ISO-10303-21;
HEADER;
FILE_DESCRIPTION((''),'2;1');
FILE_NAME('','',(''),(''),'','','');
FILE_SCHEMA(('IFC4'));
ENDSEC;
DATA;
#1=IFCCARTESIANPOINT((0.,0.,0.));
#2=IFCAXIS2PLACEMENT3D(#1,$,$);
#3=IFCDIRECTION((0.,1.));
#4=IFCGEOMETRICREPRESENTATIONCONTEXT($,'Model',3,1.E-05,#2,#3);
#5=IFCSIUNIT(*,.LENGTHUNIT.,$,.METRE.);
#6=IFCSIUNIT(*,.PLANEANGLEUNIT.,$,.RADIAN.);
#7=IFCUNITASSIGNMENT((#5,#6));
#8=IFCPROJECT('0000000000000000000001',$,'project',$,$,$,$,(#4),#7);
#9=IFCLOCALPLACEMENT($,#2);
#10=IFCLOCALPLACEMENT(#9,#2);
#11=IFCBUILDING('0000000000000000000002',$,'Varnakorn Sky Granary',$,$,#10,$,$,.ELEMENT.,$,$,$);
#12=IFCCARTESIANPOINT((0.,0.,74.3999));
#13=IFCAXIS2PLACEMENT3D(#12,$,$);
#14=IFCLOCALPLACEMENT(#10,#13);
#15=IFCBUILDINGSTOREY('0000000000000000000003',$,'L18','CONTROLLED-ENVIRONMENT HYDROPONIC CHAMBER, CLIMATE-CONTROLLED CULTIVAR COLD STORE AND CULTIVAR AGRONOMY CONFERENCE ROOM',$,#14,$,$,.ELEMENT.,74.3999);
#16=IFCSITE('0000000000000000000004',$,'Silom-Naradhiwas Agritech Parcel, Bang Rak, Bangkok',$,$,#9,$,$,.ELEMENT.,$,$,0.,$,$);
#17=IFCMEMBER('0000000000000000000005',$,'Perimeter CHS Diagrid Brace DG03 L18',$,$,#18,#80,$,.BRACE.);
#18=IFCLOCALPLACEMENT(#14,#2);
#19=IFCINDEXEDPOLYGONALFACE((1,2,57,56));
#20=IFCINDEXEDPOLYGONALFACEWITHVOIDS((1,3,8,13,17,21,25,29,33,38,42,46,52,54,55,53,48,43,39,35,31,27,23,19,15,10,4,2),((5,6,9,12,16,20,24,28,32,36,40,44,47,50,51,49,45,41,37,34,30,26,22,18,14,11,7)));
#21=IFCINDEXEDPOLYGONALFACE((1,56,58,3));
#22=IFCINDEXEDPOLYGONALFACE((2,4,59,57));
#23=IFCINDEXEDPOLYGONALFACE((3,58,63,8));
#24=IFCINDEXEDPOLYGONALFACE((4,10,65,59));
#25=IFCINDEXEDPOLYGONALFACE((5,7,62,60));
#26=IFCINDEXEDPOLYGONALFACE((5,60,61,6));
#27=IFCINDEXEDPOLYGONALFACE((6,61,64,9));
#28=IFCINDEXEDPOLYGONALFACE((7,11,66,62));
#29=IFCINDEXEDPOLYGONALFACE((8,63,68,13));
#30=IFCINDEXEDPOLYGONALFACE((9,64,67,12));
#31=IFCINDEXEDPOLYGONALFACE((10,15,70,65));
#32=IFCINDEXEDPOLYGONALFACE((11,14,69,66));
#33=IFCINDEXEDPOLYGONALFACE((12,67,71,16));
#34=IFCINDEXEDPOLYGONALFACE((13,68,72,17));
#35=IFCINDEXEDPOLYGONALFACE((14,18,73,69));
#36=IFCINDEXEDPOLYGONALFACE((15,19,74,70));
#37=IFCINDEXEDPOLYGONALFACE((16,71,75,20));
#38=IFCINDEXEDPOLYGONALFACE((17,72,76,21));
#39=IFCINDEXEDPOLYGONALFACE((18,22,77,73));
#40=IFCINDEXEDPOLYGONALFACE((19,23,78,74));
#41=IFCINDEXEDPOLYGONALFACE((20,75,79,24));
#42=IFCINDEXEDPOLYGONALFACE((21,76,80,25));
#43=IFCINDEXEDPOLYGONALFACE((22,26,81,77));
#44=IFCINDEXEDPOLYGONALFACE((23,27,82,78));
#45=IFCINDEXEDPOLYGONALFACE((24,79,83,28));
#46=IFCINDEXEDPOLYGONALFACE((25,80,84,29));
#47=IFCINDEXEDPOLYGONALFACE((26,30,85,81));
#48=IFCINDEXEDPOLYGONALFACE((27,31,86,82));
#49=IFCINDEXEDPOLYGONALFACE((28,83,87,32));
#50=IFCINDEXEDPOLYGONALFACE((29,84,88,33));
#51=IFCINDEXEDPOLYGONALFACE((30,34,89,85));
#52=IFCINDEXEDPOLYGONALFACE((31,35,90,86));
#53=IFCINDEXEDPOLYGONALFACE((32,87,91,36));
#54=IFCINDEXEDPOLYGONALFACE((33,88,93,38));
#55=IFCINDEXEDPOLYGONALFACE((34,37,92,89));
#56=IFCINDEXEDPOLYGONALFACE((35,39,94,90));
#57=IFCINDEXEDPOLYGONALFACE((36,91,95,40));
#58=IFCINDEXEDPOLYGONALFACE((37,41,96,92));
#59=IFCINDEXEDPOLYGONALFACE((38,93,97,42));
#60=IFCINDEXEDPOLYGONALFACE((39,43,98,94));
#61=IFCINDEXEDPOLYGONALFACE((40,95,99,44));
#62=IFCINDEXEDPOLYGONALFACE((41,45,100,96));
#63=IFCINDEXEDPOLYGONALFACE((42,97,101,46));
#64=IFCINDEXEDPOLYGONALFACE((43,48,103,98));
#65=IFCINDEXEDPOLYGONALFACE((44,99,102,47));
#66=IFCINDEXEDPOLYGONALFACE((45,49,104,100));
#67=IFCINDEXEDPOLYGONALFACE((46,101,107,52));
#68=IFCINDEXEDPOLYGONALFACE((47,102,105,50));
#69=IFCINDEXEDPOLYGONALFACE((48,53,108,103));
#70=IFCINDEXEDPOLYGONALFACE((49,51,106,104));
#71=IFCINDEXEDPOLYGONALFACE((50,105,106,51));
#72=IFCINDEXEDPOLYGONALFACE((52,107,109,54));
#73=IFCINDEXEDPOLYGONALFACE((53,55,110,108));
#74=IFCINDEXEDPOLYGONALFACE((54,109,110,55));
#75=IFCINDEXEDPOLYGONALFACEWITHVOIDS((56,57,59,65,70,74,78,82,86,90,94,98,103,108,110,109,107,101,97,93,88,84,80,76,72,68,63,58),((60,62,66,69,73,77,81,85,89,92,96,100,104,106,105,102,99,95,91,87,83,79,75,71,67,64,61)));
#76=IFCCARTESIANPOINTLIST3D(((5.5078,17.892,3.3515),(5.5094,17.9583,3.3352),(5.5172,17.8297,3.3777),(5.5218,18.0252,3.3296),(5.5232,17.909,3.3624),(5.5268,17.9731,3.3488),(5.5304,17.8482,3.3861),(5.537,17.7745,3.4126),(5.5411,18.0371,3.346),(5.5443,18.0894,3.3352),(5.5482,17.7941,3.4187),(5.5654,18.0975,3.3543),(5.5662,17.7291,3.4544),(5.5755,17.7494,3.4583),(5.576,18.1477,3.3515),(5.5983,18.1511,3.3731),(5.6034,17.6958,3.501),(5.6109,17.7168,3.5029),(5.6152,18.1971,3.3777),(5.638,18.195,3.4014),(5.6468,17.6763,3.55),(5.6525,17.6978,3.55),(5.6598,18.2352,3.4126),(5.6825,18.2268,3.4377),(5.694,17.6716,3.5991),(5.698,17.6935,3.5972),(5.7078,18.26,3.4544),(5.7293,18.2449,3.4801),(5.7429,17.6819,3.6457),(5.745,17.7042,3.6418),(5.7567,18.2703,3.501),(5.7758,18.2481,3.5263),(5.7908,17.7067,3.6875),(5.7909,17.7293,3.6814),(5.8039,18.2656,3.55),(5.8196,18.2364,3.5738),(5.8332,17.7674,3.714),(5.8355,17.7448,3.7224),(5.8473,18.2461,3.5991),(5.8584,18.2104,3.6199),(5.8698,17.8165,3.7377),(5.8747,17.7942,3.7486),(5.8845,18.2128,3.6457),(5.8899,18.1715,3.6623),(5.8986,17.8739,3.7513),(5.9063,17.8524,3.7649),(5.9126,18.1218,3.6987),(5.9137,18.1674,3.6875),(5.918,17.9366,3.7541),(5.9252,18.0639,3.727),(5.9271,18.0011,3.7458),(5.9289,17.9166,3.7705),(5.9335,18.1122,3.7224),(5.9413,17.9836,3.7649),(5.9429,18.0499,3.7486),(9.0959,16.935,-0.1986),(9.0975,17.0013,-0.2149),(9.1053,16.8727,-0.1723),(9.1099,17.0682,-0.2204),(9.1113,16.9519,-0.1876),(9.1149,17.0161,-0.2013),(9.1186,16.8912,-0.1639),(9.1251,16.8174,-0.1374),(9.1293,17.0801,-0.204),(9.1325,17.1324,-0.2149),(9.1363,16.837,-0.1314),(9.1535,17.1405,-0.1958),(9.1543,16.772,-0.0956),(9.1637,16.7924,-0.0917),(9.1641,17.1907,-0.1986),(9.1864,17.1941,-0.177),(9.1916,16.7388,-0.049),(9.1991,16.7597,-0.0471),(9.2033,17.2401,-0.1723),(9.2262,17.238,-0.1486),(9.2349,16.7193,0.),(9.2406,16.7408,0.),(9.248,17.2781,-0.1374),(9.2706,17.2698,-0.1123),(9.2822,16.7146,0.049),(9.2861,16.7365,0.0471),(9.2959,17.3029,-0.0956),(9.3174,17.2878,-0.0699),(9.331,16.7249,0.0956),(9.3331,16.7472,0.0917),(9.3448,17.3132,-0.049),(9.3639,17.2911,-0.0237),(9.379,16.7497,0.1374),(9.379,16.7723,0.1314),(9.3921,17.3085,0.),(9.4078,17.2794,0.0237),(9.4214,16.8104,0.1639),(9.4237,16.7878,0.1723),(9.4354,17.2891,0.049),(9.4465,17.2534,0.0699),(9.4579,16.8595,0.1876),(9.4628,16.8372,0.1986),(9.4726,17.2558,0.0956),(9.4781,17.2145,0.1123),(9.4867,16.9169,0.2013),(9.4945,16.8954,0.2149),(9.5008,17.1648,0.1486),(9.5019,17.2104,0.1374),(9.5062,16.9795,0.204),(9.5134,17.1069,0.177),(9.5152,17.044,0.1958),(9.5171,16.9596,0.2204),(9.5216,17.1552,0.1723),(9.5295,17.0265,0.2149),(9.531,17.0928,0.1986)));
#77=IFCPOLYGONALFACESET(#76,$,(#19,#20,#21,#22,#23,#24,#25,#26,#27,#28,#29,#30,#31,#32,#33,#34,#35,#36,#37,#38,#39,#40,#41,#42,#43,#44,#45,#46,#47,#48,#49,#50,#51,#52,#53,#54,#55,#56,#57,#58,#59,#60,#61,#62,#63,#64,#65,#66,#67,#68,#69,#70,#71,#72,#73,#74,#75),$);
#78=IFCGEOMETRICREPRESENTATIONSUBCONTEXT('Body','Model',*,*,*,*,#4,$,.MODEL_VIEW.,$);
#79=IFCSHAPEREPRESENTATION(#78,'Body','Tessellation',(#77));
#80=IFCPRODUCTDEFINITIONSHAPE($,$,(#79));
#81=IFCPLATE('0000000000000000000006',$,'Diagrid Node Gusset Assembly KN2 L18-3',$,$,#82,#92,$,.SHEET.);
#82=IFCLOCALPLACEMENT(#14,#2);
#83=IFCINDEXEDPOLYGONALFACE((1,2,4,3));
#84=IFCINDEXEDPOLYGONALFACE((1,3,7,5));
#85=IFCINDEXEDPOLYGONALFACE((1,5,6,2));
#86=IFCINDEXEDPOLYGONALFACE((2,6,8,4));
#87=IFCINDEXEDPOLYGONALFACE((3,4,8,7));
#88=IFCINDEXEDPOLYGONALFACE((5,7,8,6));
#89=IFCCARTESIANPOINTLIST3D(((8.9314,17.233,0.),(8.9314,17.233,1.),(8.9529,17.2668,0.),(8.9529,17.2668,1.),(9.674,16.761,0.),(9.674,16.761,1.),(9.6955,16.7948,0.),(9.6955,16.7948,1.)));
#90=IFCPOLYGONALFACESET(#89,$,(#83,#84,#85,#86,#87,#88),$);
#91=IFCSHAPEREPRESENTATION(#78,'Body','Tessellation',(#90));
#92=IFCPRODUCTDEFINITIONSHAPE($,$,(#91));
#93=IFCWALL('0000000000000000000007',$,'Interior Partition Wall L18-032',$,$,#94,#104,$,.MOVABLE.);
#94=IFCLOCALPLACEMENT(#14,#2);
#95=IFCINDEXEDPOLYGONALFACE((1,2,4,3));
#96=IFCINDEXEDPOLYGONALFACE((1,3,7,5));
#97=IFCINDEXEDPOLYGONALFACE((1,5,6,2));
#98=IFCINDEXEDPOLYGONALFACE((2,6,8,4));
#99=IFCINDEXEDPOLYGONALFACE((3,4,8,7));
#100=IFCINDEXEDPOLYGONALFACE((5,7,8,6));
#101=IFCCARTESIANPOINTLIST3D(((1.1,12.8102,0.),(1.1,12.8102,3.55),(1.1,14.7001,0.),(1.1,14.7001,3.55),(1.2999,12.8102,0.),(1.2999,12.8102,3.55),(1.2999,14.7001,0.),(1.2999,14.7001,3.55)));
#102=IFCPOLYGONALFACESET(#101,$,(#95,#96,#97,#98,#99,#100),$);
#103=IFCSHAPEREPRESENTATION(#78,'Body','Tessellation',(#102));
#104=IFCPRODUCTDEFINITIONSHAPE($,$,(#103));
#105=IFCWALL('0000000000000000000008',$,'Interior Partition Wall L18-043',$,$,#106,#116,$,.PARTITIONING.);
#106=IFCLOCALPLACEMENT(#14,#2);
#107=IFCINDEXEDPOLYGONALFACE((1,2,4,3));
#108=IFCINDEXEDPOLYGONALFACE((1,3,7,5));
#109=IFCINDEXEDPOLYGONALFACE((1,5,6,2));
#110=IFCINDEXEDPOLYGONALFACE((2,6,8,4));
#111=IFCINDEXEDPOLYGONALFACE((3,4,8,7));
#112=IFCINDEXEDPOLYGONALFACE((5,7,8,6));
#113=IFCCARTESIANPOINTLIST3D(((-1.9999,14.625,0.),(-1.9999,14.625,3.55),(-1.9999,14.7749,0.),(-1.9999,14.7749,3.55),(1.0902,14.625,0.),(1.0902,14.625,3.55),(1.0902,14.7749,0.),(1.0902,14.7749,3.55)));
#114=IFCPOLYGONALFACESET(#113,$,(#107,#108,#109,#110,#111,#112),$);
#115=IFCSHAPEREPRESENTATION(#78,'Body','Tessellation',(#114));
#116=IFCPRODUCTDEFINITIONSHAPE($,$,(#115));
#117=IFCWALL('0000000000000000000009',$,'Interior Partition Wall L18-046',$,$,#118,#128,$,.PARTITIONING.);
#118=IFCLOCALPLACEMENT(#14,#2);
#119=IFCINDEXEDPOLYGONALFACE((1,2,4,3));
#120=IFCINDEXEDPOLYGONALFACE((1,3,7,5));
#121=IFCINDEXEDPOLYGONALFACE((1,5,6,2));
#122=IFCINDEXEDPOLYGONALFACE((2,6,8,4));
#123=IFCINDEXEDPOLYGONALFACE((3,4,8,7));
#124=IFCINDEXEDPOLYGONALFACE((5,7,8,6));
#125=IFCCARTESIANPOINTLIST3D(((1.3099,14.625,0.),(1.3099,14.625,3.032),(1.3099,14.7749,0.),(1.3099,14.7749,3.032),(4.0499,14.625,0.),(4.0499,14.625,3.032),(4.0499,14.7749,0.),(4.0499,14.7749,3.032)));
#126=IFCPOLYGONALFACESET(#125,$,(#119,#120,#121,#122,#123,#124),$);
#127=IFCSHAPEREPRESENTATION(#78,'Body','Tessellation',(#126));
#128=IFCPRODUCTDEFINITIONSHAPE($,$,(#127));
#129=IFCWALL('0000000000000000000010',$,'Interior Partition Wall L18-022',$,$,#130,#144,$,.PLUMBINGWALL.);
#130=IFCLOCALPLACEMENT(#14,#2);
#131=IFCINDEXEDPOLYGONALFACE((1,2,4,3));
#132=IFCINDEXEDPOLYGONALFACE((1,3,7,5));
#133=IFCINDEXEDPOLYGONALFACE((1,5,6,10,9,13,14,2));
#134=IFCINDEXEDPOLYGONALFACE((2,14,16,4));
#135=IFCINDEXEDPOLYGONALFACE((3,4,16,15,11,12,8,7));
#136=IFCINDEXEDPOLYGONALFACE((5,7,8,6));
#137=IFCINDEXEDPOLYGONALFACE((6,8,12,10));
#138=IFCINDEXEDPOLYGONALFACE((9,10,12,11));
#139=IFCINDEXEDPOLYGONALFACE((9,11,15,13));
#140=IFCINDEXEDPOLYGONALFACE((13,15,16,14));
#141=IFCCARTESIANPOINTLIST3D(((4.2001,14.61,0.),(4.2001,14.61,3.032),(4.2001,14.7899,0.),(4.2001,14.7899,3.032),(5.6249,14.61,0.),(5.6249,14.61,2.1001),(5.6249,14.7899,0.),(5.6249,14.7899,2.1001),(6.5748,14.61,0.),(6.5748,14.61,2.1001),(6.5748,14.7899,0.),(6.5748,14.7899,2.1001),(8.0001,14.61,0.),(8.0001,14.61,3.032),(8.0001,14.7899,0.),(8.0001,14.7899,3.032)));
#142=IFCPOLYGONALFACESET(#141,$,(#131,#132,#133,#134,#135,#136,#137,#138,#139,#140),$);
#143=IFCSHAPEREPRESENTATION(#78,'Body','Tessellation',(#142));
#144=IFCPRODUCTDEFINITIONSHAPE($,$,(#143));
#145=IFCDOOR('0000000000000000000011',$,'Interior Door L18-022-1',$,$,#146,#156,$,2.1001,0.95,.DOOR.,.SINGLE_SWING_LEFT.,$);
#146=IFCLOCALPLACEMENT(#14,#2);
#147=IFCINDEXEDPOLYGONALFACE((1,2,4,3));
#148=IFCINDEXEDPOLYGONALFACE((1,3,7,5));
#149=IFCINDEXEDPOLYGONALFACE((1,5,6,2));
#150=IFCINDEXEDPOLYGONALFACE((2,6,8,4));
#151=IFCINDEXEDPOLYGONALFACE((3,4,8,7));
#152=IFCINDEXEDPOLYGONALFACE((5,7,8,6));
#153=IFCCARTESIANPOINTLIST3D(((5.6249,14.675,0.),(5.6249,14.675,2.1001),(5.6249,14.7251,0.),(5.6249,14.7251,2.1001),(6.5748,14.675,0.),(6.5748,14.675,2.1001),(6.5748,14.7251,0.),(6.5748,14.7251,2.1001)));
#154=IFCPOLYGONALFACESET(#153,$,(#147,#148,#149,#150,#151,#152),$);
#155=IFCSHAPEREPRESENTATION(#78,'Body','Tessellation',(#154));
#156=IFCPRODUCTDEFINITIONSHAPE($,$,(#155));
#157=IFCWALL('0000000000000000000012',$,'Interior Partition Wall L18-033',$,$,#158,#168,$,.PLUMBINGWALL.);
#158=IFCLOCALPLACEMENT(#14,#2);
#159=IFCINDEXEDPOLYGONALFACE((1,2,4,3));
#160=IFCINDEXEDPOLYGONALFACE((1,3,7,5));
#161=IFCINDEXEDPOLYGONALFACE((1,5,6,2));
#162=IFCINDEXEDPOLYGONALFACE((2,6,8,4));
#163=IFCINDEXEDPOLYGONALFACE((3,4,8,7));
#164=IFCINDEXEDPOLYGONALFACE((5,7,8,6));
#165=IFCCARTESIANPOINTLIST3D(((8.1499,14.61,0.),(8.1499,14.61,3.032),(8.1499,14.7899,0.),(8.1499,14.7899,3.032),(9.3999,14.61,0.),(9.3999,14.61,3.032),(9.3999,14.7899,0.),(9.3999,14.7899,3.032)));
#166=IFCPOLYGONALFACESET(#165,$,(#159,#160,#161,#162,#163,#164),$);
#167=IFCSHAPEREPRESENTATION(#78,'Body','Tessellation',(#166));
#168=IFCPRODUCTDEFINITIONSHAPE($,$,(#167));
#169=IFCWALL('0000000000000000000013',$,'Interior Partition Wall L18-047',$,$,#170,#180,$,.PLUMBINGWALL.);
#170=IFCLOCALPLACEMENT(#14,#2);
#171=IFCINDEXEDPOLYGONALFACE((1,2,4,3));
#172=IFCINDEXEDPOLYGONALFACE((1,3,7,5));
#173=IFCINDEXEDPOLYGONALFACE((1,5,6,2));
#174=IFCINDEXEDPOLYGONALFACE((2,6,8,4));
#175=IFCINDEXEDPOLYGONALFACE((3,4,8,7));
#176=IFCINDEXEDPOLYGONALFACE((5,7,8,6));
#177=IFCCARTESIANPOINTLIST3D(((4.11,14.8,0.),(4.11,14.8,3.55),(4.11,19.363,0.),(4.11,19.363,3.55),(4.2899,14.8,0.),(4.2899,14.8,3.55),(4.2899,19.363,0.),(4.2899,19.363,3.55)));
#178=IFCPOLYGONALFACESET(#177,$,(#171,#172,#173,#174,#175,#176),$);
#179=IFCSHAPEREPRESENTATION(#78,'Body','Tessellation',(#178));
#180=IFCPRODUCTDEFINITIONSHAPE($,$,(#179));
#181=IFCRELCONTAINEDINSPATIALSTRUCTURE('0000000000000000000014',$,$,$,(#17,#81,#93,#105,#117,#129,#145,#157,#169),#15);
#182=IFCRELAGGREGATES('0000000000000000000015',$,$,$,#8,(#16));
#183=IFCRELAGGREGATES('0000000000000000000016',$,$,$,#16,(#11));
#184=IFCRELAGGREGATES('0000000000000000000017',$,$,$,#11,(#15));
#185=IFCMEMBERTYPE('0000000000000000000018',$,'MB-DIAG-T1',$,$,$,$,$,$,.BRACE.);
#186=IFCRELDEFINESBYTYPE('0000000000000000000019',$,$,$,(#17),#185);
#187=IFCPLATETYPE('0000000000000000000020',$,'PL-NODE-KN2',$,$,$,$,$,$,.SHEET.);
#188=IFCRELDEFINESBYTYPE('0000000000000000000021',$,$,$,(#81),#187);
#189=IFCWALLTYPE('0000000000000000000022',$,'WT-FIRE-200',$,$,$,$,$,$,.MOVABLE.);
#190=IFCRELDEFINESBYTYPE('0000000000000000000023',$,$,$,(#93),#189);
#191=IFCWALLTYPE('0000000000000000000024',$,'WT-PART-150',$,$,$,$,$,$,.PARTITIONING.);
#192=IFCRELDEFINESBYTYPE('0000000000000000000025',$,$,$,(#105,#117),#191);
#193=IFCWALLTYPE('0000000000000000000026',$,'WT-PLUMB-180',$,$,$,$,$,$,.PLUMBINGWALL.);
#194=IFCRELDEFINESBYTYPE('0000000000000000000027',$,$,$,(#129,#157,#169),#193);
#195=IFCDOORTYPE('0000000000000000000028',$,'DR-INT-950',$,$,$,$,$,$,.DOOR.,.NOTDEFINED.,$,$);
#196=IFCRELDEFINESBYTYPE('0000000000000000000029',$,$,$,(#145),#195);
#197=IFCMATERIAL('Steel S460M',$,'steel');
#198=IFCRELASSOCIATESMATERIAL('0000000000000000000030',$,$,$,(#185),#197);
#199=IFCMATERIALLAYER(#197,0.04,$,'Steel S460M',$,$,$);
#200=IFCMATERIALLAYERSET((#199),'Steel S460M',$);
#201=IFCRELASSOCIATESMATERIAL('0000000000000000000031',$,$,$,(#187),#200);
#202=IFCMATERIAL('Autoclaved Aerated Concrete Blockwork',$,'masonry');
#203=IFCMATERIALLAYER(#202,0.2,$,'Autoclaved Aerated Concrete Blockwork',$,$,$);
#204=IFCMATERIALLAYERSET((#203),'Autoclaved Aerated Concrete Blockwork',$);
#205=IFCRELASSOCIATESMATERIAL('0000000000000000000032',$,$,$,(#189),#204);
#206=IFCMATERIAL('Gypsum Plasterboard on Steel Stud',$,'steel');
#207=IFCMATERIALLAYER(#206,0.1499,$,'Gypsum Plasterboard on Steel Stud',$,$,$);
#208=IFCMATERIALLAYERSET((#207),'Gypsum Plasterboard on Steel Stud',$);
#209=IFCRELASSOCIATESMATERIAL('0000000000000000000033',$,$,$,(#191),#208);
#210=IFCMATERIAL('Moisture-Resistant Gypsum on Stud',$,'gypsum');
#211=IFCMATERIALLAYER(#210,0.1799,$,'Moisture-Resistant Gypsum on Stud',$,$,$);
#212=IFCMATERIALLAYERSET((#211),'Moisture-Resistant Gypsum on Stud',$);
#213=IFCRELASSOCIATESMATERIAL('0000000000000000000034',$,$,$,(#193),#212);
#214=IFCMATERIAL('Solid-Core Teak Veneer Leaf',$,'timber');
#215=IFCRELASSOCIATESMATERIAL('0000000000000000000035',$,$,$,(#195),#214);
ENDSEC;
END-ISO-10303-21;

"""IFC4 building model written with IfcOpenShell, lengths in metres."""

from ifc_helpers import new_model, si_unit, direction, frame, frame_2d, origin, origin_2d, place, context, subcontext, project, spatial, rectangle, hollow_circle, extrude, material, layer, layer_set, material_profile, profile_set, type_object, element, fill, save


model = new_model("IFC4")

# Units and contexts
model_context = context("Model", 3, precision=1e-05, world=origin(), true_north=direction((0.0, 1.0)))
body_context = subcontext(model_context, "Body", "Model", "MODEL_VIEW")
ifc_project = project(units=[si_unit("LENGTHUNIT", "METRE"), si_unit("PLANEANGLEUNIT", "RADIAN")], contexts=[model_context])

# Site, building, storey
site_placement = place(None, origin())
site = spatial("IfcSite", under=ifc_project, at=site_placement, Name="Silom-Naradhiwas Agritech Parcel, Bang Rak, Bangkok", CompositionType="ELEMENT", RefElevation=0.0)
building_placement = place(site_placement, origin())
building = spatial("IfcBuilding", under=site, at=building_placement, Name="Varnakorn Sky Granary", CompositionType="ELEMENT")
storey_placement = place(building_placement, frame((0.0, 0.0, 74.3999)))
storey = spatial("IfcBuildingStorey", under=building, at=storey_placement, Name="L18", Description="CONTROLLED-ENVIRONMENT HYDROPONIC CHAMBER, CLIMATE-CONTROLLED CULTIVAR COLD STORE AND CULTIVAR AGRONOMY CONFERENCE ROOM", CompositionType="ELEMENT", Elevation=74.3999)

# Shared definitions
ifc_material_1 = material(Name="Steel S460M", Category="steel")

# Member
ifc_material_profile_1 = material_profile(ifc_material_1, hollow_circle(Radius=0.3049, WallThickness=0.0222, at=origin_2d()), Name="CHS 610x22")
ifc_profile_set_1 = profile_set([ifc_material_profile_1], Name="Steel S460M")
member_type = type_object("IfcMemberType", Name="MB-DIAG-T1", PredefinedType="BRACE", material=ifc_profile_set_1)
member_1_placement = place(storey_placement, frame((9.3135, 17.0139, 0.0), z_axis=(-0.698426, 0.186285, 0.691013), x_axis=(-0.257712, -0.966222, 0.0)))
element("IfcMember", 1, at=member_1_placement, inside=storey, type_object=member_type, Name="Perimeter CHS Diagrid Brace DG03 L18", PredefinedType="BRACE", context=body_context, shape_type="SweptSolid", body=[
    extrude(hollow_circle(Radius=0.3049, WallThickness=0.0222, at=origin_2d()), origin(), (0.0, 0.0, 1.0), 5.1375),
])

# Plate
ifc_layer_1 = layer(ifc_material_1, 0.04, Name="Steel S460M")
ifc_layer_set_1 = layer_set([ifc_layer_1], Name="Steel S460M")
plate_type = type_object("IfcPlateType", Name="PL-NODE-KN2", PredefinedType="SHEET", material=ifc_layer_set_1)
plate_placement = place(storey_placement, frame((9.3135, 17.0139, 0.0), z_axis=(0.0, 0.0, 1.0), x_axis=(-0.843965, 0.536398, 0.0)))
element("IfcPlate", 2, at=plate_placement, inside=storey, type_object=plate_type, Name="Diagrid Node Gusset Assembly KN2 L18-3", PredefinedType="SHEET", context=body_context, shape_type="SweptSolid", body=[
    extrude(rectangle(XDim=0.8799, YDim=0.04, at=origin_2d()), origin(), (0.0, 0.0, 1.0), 1.0),
])

# Walls
ifc_material_2 = material(Name="Autoclaved Aerated Concrete Blockwork", Category="masonry")
ifc_layer_2 = layer(ifc_material_2, 0.2, Name="Autoclaved Aerated Concrete Blockwork")
ifc_layer_set_2 = layer_set([ifc_layer_2], Name="Autoclaved Aerated Concrete Blockwork")
wall_type_1 = type_object("IfcWallType", Name="WT-FIRE-200", PredefinedType="MOVABLE", material=ifc_layer_set_2)
wall_1_placement = place(storey_placement, frame((1.2, 14.7, 0.0), z_axis=(0.0, 0.0, 1.0), x_axis=(0.0, -1.0, 0.0)))
element("IfcWall", 3, at=wall_1_placement, inside=storey, type_object=wall_type_1, Name="Interior Partition Wall L18-032", PredefinedType="MOVABLE", context=body_context, shape_type="SweptSolid", body=[
    extrude(rectangle(XDim=1.8899, YDim=0.2, at=frame_2d((0.9448, 0.0))), origin(), (0.0, 0.0, 1.0), 3.55),
])
ifc_material_3 = material(Name="Gypsum Plasterboard on Steel Stud", Category="steel")
ifc_layer_3 = layer(ifc_material_3, 0.1499, Name="Gypsum Plasterboard on Steel Stud")
ifc_layer_set_3 = layer_set([ifc_layer_3], Name="Gypsum Plasterboard on Steel Stud")
wall_type_2 = type_object("IfcWallType", Name="WT-PART-150", PredefinedType="PARTITIONING", material=ifc_layer_set_3)
wall_2_placement = place(storey_placement, frame((1.0901, 14.7, 0.0), z_axis=(0.0, 0.0, 1.0), x_axis=(-1.0, 0.0, 0.0)))
element("IfcWall", 4, at=wall_2_placement, inside=storey, type_object=wall_type_2, Name="Interior Partition Wall L18-043", PredefinedType="PARTITIONING", context=body_context, shape_type="SweptSolid", body=[
    extrude(rectangle(XDim=3.0901, YDim=0.1499, at=frame_2d((1.5449, 0.0))), origin(), (0.0, 0.0, 1.0), 3.55),
])
wall_3_placement = place(storey_placement, frame((4.05, 14.7, 0.0), z_axis=(0.0, 0.0, 1.0), x_axis=(-1.0, 0.0, 0.0)))
element("IfcWall", 5, at=wall_3_placement, inside=storey, type_object=wall_type_2, Name="Interior Partition Wall L18-046", PredefinedType="PARTITIONING", context=body_context, shape_type="SweptSolid", body=[
    extrude(rectangle(XDim=2.74, YDim=0.1499, at=frame_2d((1.3701, 0.0))), origin(), (0.0, 0.0, 1.0), 3.032),
])

# Wall, opening, door
ifc_material_4 = material(Name="Moisture-Resistant Gypsum on Stud", Category="gypsum")
ifc_layer_4 = layer(ifc_material_4, 0.1799, Name="Moisture-Resistant Gypsum on Stud")
ifc_layer_set_4 = layer_set([ifc_layer_4], Name="Moisture-Resistant Gypsum on Stud")
wall_type_3 = type_object("IfcWallType", Name="WT-PLUMB-180", PredefinedType="PLUMBINGWALL", material=ifc_layer_set_4)
wall_4_placement = place(storey_placement, frame((8.0, 14.7, 0.0), z_axis=(0.0, 0.0, 1.0), x_axis=(-1.0, 0.0, 0.0)))
wall_4 = element("IfcWall", 6, at=wall_4_placement, inside=storey, type_object=wall_type_3, Name="Interior Partition Wall L18-022", PredefinedType="PLUMBINGWALL", context=body_context, shape_type="SweptSolid", body=[
    extrude(rectangle(XDim=3.8, YDim=0.1799, at=frame_2d((1.8999, 0.0))), origin(), (0.0, 0.0, 1.0), 3.032),
])
opening_placement = place(wall_4_placement, frame((1.425, 0.0, 0.0)))
opening = element("IfcOpeningElement", 7, at=opening_placement, cuts=wall_4, PredefinedType="OPENING", context=body_context, shape_type="SweptSolid", body=[
    extrude(rectangle(XDim=0.95, YDim=2.1001, at=frame_2d((0.4751, 1.05))), frame((0.0, 0.1001, 0.0), z_axis=(0.0, -1.0, 0.0), x_axis=(1.0, 0.0, 0.0)), (0.0, 0.0, 1.0), 0.2),
])
ifc_material_5 = material(Name="Solid-Core Teak Veneer Leaf", Category="timber")
door_type = type_object("IfcDoorType", Name="DR-INT-950", OperationType="NOTDEFINED", PredefinedType="DOOR", material=ifc_material_5)
door_placement = place(opening_placement, origin())
door = element("IfcDoor", 8, at=door_placement, inside=storey, type_object=door_type, Name="Interior Door L18-022-1", OperationType="SINGLE_SWING_LEFT", OverallHeight=2.1001, OverallWidth=0.95, PredefinedType="DOOR", context=body_context, shape_type="SweptSolid", body=[
    extrude(rectangle(XDim=0.95, YDim=2.1001, at=frame_2d((0.4751, 1.05))), frame((0.0, 0.0249, 0.0), z_axis=(0.0, -1.0, 0.0), x_axis=(1.0, 0.0, 0.0)), (0.0, 0.0, 1.0), 0.05),
])
fill(opening, door)

# Walls
wall_5_placement = place(storey_placement, frame((9.3999, 14.7, 0.0), z_axis=(0.0, 0.0, 1.0), x_axis=(-1.0, 0.0, 0.0)))
element("IfcWall", 9, at=wall_5_placement, inside=storey, type_object=wall_type_3, Name="Interior Partition Wall L18-033", PredefinedType="PLUMBINGWALL", context=body_context, shape_type="SweptSolid", body=[
    extrude(rectangle(XDim=1.25, YDim=0.1799, at=frame_2d((0.625, 0.0))), origin(), (0.0, 0.0, 1.0), 3.032),
])
wall_6_placement = place(storey_placement, frame((4.2, 19.363, 0.0), z_axis=(0.0, 0.0, 1.0), x_axis=(0.0, -1.0, 0.0)))
element("IfcWall", 10, at=wall_6_placement, inside=storey, type_object=wall_type_3, Name="Interior Partition Wall L18-047", PredefinedType="PLUMBINGWALL", context=body_context, shape_type="SweptSolid", body=[
    extrude(rectangle(XDim=4.563, YDim=0.1799, at=frame_2d((2.2815, 0.0))), origin(), (0.0, 0.0, 1.0), 3.55),
])

save(model, "model.ifc")
